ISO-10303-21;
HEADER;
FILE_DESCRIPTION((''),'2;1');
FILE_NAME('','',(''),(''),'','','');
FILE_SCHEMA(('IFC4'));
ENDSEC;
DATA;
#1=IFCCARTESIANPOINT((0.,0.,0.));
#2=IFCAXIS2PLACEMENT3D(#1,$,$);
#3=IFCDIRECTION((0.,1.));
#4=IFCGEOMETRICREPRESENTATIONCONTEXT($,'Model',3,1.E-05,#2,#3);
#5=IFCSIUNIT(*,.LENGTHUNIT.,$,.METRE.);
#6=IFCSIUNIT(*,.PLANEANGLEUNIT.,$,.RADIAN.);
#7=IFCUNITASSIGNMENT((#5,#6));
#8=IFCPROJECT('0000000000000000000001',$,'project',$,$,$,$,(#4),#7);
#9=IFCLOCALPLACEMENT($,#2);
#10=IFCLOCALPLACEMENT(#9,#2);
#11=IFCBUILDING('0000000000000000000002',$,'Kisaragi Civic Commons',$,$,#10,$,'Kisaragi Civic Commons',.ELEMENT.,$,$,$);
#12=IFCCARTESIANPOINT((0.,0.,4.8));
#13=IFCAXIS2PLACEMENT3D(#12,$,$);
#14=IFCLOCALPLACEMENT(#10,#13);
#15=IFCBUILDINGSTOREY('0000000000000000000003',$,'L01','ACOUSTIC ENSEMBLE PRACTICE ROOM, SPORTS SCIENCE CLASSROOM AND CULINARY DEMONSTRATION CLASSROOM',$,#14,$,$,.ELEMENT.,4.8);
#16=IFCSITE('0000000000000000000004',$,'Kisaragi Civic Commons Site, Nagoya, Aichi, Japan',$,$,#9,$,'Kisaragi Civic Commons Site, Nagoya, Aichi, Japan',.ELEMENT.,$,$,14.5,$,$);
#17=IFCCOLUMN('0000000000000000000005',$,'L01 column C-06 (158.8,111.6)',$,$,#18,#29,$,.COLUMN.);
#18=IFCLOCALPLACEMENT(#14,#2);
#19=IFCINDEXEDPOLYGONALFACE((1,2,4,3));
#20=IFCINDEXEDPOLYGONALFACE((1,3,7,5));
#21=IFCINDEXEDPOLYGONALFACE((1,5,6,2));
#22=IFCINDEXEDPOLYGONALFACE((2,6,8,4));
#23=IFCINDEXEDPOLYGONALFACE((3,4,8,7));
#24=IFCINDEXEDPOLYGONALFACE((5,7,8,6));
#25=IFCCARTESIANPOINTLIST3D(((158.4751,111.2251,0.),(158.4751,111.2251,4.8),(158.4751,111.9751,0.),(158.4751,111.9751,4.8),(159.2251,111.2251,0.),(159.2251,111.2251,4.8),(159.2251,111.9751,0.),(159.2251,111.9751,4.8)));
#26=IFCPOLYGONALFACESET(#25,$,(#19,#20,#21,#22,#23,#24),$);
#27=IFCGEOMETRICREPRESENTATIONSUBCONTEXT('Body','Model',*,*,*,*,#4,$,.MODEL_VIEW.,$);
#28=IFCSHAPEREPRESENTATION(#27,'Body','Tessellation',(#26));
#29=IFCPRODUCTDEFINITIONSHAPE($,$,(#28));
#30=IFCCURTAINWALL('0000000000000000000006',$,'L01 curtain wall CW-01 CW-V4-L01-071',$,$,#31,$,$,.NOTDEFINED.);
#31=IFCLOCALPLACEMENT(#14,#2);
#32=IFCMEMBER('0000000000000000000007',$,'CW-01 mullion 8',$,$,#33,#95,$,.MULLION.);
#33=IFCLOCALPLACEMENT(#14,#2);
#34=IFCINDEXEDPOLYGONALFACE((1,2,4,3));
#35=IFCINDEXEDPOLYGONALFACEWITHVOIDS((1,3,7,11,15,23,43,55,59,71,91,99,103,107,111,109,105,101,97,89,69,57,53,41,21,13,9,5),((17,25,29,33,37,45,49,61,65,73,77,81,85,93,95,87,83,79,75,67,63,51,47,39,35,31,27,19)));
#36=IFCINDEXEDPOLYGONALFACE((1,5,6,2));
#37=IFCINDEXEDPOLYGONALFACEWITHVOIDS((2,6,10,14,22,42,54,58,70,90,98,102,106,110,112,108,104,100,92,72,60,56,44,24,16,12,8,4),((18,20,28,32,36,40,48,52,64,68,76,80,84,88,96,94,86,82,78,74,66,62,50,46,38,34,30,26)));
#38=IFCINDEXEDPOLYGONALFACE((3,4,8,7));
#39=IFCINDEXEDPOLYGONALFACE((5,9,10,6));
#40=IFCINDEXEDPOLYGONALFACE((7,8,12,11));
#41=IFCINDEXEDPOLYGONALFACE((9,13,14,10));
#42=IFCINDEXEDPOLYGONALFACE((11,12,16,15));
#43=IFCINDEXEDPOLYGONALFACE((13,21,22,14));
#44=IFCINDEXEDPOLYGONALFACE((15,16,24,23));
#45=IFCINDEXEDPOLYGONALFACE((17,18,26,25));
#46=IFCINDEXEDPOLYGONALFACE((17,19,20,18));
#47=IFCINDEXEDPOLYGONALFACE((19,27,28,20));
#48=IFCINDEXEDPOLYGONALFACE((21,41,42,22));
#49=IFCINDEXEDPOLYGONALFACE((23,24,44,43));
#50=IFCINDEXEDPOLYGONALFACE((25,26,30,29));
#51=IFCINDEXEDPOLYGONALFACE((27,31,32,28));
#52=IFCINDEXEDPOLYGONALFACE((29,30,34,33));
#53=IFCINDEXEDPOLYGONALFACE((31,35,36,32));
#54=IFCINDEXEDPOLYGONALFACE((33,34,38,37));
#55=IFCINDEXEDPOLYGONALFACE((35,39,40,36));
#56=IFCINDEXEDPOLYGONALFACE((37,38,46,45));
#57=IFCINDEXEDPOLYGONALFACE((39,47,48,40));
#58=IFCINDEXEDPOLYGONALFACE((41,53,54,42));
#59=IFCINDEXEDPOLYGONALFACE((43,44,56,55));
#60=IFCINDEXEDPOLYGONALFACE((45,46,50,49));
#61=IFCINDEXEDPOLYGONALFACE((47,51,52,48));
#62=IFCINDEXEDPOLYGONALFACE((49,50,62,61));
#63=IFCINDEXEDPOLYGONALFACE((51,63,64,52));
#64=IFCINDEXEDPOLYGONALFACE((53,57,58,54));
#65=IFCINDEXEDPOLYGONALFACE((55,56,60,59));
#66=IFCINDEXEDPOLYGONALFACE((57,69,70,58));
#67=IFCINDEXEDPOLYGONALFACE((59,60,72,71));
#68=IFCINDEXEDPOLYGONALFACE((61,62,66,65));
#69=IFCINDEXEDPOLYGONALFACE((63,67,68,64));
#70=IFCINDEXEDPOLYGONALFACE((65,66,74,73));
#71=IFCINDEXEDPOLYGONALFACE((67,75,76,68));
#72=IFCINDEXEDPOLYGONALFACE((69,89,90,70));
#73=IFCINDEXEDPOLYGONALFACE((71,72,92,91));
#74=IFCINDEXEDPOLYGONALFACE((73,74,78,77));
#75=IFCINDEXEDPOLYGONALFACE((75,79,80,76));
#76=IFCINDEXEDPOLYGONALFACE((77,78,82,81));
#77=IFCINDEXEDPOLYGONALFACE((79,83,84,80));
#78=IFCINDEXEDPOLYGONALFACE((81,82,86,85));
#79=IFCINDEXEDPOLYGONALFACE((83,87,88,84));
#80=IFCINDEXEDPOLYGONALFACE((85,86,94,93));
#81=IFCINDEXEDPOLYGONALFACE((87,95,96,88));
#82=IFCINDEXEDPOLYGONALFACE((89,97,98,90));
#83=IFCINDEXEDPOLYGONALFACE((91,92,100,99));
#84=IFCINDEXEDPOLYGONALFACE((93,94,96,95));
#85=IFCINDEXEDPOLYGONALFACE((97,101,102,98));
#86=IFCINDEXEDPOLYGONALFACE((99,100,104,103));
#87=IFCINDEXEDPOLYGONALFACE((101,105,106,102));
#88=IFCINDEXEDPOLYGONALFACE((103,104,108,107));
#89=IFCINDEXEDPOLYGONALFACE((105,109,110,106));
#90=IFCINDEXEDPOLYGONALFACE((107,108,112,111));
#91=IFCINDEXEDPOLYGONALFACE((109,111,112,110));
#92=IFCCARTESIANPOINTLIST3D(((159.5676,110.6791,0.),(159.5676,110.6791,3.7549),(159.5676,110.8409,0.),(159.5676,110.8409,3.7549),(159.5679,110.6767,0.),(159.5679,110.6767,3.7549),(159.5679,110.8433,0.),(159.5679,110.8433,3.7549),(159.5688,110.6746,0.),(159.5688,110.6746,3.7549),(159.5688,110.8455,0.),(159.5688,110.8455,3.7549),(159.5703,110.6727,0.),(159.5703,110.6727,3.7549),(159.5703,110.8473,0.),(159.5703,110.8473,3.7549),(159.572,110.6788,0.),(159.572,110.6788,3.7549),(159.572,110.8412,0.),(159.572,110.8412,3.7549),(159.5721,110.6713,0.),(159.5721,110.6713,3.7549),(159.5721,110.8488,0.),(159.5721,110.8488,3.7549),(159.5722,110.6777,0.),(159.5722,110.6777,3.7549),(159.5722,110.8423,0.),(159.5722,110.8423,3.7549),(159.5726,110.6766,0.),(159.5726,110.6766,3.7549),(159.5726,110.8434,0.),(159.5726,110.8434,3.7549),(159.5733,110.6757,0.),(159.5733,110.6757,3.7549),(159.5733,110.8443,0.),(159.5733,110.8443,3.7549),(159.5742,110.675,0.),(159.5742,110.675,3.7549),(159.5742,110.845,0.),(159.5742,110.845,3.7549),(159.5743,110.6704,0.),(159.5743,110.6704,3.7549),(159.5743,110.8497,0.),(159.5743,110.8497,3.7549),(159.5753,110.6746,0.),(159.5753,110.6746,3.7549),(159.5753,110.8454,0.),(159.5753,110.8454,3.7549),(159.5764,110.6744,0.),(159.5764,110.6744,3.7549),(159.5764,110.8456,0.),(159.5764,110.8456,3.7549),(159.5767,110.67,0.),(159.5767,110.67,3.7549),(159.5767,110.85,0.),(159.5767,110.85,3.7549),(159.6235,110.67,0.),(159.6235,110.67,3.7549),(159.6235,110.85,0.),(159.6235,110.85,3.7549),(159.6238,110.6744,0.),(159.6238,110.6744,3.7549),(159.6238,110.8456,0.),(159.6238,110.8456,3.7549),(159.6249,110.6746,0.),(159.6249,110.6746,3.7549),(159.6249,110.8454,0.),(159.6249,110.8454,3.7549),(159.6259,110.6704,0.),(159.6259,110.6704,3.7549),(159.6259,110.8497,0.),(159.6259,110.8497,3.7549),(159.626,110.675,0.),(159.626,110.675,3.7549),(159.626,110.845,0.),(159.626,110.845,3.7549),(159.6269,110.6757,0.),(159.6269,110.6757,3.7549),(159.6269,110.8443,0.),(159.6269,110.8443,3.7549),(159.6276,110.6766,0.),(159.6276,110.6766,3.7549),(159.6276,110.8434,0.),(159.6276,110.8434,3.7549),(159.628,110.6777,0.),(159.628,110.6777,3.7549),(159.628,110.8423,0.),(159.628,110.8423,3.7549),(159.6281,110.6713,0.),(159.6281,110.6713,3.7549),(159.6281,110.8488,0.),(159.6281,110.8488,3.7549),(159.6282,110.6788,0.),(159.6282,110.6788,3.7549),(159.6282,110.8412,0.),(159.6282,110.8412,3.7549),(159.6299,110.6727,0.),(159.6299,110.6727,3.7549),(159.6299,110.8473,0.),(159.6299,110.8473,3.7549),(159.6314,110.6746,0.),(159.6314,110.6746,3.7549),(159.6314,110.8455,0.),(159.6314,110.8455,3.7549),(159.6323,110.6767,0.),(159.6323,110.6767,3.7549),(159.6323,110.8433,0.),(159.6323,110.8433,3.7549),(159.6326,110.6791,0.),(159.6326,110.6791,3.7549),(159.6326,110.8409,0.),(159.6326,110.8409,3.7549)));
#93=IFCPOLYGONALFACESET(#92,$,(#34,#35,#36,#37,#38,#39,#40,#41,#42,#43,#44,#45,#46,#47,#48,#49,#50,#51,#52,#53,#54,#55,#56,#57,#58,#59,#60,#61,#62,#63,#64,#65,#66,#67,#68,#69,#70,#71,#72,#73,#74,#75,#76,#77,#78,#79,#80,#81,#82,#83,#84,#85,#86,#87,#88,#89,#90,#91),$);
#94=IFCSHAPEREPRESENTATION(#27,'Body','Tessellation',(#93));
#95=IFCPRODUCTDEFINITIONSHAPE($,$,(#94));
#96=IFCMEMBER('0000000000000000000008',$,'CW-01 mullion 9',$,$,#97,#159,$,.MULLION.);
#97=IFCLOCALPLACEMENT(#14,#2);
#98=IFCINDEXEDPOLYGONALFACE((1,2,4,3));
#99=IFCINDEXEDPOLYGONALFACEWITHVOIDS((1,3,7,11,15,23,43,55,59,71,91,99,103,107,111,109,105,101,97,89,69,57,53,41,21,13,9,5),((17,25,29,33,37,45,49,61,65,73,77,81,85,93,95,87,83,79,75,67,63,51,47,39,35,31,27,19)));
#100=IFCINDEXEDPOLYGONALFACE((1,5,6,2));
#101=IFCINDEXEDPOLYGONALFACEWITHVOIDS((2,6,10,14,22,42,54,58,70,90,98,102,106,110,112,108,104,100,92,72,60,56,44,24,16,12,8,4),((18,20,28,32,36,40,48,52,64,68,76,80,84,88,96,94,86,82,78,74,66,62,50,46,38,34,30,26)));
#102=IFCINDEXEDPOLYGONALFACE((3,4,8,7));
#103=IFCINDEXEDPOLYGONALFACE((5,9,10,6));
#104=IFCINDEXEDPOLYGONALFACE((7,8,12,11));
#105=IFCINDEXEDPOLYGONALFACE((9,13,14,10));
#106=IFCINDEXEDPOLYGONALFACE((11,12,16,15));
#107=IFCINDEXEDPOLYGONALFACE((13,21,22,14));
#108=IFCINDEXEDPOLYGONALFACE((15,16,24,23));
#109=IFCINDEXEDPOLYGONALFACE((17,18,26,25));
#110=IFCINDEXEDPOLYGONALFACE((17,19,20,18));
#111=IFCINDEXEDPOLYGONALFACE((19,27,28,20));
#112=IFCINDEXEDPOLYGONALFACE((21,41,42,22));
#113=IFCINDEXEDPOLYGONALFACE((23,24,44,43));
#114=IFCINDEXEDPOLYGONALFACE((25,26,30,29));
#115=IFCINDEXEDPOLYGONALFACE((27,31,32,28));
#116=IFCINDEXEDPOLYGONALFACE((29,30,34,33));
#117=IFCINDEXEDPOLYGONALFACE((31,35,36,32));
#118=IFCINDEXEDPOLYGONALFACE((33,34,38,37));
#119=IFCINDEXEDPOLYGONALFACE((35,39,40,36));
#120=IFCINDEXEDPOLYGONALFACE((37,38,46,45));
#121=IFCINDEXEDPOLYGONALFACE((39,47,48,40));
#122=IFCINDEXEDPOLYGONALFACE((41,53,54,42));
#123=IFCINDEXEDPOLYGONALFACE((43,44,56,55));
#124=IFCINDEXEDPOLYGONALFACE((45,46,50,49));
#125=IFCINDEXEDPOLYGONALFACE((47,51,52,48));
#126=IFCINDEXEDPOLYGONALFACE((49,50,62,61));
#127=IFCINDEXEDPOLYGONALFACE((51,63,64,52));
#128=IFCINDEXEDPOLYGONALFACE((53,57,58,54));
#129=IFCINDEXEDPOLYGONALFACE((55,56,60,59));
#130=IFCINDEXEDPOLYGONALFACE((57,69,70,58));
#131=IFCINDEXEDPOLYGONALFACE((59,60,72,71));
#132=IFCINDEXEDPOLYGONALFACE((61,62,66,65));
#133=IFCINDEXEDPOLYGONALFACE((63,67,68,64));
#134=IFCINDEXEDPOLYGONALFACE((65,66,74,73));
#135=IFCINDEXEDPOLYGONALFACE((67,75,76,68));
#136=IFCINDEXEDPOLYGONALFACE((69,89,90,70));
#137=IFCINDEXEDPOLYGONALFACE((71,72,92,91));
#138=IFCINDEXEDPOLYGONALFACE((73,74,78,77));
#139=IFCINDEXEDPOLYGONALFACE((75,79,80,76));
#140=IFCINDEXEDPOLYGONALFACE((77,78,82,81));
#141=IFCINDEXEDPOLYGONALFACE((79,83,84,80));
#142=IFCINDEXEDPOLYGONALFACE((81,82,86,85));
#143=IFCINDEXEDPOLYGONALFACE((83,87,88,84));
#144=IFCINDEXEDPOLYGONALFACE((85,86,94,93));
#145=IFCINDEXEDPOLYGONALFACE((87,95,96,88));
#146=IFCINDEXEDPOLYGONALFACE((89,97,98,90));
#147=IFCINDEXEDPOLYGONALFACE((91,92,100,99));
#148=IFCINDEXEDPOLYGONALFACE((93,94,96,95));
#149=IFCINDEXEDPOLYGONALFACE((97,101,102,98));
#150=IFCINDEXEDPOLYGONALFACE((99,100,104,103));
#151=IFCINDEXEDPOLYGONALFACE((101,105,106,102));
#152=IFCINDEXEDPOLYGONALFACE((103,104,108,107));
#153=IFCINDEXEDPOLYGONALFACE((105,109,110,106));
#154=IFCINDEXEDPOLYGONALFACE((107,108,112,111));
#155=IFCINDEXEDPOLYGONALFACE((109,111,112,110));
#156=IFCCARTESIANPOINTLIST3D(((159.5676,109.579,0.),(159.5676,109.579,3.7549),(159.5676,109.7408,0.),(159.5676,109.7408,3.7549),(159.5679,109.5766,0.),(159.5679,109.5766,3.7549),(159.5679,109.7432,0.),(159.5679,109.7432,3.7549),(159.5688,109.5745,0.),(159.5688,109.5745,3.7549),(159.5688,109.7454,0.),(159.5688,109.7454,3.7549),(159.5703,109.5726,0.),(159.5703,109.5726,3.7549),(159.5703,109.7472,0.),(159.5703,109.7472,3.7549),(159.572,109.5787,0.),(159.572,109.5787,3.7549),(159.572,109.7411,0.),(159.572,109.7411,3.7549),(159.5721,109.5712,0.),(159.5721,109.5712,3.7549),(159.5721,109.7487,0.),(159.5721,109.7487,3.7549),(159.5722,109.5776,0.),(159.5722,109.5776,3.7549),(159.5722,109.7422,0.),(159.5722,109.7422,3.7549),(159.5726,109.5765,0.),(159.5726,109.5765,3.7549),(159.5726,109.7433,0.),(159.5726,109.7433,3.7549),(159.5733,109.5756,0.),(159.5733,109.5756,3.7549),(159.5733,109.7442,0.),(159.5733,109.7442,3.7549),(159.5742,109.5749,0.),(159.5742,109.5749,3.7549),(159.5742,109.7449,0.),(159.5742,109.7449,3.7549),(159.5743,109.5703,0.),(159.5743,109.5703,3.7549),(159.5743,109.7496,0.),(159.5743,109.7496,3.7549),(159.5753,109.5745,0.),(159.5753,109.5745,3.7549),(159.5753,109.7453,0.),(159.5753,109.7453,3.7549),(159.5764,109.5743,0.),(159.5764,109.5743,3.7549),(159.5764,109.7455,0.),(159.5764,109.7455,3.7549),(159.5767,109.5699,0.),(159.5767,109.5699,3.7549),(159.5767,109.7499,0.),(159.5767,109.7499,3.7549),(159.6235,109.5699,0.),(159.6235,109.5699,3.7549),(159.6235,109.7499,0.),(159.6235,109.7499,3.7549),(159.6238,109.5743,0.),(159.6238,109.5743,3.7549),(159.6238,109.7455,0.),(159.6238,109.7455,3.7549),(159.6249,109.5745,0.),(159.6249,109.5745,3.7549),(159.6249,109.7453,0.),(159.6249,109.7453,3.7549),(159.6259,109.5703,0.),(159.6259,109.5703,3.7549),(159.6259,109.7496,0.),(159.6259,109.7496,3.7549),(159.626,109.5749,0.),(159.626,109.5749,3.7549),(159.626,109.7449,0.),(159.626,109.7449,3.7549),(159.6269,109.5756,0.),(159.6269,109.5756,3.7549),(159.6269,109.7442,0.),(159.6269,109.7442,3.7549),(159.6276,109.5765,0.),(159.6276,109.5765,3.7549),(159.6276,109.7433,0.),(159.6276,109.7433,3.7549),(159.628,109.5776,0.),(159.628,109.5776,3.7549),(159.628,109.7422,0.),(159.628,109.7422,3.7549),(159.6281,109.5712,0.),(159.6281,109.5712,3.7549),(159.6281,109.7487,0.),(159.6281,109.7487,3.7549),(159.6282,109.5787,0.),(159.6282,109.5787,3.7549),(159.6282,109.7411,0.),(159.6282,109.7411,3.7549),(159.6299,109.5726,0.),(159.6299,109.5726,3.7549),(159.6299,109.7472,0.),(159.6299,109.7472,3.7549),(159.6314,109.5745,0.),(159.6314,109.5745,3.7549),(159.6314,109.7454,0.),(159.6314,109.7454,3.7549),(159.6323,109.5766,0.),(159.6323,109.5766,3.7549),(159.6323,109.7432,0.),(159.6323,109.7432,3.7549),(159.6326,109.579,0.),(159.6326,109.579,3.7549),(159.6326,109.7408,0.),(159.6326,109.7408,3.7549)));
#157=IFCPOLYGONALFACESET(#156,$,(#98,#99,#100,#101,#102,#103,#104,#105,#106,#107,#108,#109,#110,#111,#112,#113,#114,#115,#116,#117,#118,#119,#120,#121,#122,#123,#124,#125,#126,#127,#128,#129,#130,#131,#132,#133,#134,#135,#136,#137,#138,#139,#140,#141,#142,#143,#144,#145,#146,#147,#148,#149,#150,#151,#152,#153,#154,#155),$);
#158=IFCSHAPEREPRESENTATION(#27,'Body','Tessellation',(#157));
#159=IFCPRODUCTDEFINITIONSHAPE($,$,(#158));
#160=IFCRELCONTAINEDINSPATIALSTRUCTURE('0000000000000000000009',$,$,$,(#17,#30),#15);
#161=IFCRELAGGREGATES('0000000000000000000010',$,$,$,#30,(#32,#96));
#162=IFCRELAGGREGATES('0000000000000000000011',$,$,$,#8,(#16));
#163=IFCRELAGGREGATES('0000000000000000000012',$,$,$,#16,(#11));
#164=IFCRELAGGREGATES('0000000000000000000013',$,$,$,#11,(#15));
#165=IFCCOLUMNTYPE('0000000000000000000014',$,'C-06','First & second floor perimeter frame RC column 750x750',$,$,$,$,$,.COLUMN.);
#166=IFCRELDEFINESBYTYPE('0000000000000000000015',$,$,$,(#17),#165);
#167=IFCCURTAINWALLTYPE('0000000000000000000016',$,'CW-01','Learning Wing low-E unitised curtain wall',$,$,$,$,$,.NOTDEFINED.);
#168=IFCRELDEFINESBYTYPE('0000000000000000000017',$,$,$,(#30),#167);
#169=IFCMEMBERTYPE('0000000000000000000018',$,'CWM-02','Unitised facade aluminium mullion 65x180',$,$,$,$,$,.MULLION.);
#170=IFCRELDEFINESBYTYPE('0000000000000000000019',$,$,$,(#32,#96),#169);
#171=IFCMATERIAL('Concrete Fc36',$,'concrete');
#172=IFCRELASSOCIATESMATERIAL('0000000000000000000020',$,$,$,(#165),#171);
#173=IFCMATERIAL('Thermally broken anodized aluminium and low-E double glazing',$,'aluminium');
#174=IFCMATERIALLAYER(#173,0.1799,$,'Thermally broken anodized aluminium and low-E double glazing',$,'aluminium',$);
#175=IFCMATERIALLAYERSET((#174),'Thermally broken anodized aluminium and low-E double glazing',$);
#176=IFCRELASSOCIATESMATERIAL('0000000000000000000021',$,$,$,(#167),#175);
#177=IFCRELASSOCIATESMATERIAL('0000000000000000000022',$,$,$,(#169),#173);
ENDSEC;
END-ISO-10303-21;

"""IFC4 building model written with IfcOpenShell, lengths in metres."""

from ifc_helpers import new_model, si_unit, direction, frame, origin, origin_2d, place, context, subcontext, project, spatial, rectangle, hollow_rectangle, extrude, material, layer, layer_set, material_profile, profile_set, type_object, element, aggregate, save


model = new_model("IFC4")

# Units and contexts
model_context = context("Model", 3, precision=1e-05, world=origin(), true_north=direction((0.0, 1.0)))
body_context = subcontext(model_context, "Body", "Model", "MODEL_VIEW")
ifc_project = project(units=[si_unit("LENGTHUNIT", "METRE"), si_unit("PLANEANGLEUNIT", "RADIAN")], contexts=[model_context])

# Site, building, storey
site_placement = place(None, origin())
site = spatial("IfcSite", under=ifc_project, at=site_placement, Name="Kisaragi Civic Commons Site, Nagoya, Aichi, Japan", LongName="Kisaragi Civic Commons Site, Nagoya, Aichi, Japan", CompositionType="ELEMENT", RefElevation=14.5)
building_placement = place(site_placement, origin())
building = spatial("IfcBuilding", under=site, at=building_placement, Name="Kisaragi Civic Commons", LongName="Kisaragi Civic Commons", CompositionType="ELEMENT")
storey_placement = place(building_placement, frame((0.0, 0.0, 4.8)))
storey = spatial("IfcBuildingStorey", under=building, at=storey_placement, Name="L01", Description="ACOUSTIC ENSEMBLE PRACTICE ROOM, SPORTS SCIENCE CLASSROOM AND CULINARY DEMONSTRATION CLASSROOM", CompositionType="ELEMENT", Elevation=4.8)

# Column
ifc_material_1 = material(Name="Concrete Fc36", Category="concrete")
ifc_material_profile_1 = material_profile(ifc_material_1, rectangle(XDim=0.75, YDim=0.75, at=origin_2d()), Name="RC-750x750", Category="concrete")
ifc_profile_set_1 = profile_set([ifc_material_profile_1], Name="Concrete Fc36")
column_type = type_object("IfcColumnType", Name="C-06", Description="First & second floor perimeter frame RC column 750x750", PredefinedType="COLUMN", material=ifc_profile_set_1)
column_placement = place(storey_placement, frame((158.8501, 111.6001, 0.0), z_axis=(0.0, 0.0, 1.0), x_axis=(1.0, 0.0, 0.0)))
element("IfcColumn", 1, at=column_placement, inside=storey, type_object=column_type, Name="L01 column C-06 (158.8,111.6)", PredefinedType="COLUMN", context=body_context, shape_type="SweptSolid", body=[
    extrude(rectangle(XDim=0.75, YDim=0.75, at=origin_2d()), origin(), (0.0, 0.0, 1.0), 4.8),
])

# Curtain wall, members
ifc_material_2 = material(Name="Thermally broken anodized aluminium and low-E double glazing", Category="aluminium")
ifc_layer_1 = layer(ifc_material_2, 0.1799, Name="Thermally broken anodized aluminium and low-E double glazing", Category="aluminium")
ifc_layer_set_1 = layer_set([ifc_layer_1], Name="Thermally broken anodized aluminium and low-E double glazing")
curtain_wall_type = type_object("IfcCurtainWallType", Name="CW-01", Description="Learning Wing low-E unitised curtain wall", PredefinedType="NOTDEFINED", material=ifc_layer_set_1)
curtain_wall_placement = place(storey_placement, origin())
curtain_wall = element("IfcCurtainWall", 2, at=curtain_wall_placement, inside=storey, type_object=curtain_wall_type, Name="L01 curtain wall CW-01 CW-V4-L01-071", PredefinedType="NOTDEFINED")
ifc_material_profile_2 = material_profile(ifc_material_2, hollow_rectangle(XDim=0.0649, YDim=0.1799, WallThickness=0.0044, InnerFilletRadius=0.0044, OuterFilletRadius=0.009, at=origin_2d()), Name="CWM-65x180x4.5", Category="aluminium")
ifc_profile_set_2 = profile_set([ifc_material_profile_2], Name="Thermally broken anodized aluminium and low-E double glazing")
member_type_1 = type_object("IfcMemberType", Name="CWM-02", Description="Unitised facade aluminium mullion 65x180", PredefinedType="MULLION", material=ifc_profile_set_2)
member_1_placement = place(storey_placement, frame((159.6001, 110.76, 0.0), z_axis=(0.0, 0.0, 1.0), x_axis=(1.0, 0.0, 0.0)))
member_1 = element("IfcMember", 3, at=member_1_placement, type_object=member_type_1, Name="CW-01 mullion 8", PredefinedType="MULLION", context=body_context, shape_type="SweptSolid", body=[
    extrude(hollow_rectangle(XDim=0.0649, YDim=0.1799, WallThickness=0.0044, InnerFilletRadius=0.0044, OuterFilletRadius=0.009, at=origin_2d()), origin(), (0.0, 0.0, 1.0), 3.7549),
])
member_2_placement = place(storey_placement, frame((159.6001, 109.6599, 0.0), z_axis=(0.0, 0.0, 1.0), x_axis=(1.0, 0.0, 0.0)))
member_2 = element("IfcMember", 4, at=member_2_placement, type_object=member_type_1, Name="CW-01 mullion 9", PredefinedType="MULLION", context=body_context, shape_type="SweptSolid", body=[
    extrude(hollow_rectangle(XDim=0.0649, YDim=0.1799, WallThickness=0.0044, InnerFilletRadius=0.0044, OuterFilletRadius=0.009, at=origin_2d()), origin(), (0.0, 0.0, 1.0), 3.7549),
])
aggregate(curtain_wall, [member_1, member_2])

save(model, "model.ifc")
